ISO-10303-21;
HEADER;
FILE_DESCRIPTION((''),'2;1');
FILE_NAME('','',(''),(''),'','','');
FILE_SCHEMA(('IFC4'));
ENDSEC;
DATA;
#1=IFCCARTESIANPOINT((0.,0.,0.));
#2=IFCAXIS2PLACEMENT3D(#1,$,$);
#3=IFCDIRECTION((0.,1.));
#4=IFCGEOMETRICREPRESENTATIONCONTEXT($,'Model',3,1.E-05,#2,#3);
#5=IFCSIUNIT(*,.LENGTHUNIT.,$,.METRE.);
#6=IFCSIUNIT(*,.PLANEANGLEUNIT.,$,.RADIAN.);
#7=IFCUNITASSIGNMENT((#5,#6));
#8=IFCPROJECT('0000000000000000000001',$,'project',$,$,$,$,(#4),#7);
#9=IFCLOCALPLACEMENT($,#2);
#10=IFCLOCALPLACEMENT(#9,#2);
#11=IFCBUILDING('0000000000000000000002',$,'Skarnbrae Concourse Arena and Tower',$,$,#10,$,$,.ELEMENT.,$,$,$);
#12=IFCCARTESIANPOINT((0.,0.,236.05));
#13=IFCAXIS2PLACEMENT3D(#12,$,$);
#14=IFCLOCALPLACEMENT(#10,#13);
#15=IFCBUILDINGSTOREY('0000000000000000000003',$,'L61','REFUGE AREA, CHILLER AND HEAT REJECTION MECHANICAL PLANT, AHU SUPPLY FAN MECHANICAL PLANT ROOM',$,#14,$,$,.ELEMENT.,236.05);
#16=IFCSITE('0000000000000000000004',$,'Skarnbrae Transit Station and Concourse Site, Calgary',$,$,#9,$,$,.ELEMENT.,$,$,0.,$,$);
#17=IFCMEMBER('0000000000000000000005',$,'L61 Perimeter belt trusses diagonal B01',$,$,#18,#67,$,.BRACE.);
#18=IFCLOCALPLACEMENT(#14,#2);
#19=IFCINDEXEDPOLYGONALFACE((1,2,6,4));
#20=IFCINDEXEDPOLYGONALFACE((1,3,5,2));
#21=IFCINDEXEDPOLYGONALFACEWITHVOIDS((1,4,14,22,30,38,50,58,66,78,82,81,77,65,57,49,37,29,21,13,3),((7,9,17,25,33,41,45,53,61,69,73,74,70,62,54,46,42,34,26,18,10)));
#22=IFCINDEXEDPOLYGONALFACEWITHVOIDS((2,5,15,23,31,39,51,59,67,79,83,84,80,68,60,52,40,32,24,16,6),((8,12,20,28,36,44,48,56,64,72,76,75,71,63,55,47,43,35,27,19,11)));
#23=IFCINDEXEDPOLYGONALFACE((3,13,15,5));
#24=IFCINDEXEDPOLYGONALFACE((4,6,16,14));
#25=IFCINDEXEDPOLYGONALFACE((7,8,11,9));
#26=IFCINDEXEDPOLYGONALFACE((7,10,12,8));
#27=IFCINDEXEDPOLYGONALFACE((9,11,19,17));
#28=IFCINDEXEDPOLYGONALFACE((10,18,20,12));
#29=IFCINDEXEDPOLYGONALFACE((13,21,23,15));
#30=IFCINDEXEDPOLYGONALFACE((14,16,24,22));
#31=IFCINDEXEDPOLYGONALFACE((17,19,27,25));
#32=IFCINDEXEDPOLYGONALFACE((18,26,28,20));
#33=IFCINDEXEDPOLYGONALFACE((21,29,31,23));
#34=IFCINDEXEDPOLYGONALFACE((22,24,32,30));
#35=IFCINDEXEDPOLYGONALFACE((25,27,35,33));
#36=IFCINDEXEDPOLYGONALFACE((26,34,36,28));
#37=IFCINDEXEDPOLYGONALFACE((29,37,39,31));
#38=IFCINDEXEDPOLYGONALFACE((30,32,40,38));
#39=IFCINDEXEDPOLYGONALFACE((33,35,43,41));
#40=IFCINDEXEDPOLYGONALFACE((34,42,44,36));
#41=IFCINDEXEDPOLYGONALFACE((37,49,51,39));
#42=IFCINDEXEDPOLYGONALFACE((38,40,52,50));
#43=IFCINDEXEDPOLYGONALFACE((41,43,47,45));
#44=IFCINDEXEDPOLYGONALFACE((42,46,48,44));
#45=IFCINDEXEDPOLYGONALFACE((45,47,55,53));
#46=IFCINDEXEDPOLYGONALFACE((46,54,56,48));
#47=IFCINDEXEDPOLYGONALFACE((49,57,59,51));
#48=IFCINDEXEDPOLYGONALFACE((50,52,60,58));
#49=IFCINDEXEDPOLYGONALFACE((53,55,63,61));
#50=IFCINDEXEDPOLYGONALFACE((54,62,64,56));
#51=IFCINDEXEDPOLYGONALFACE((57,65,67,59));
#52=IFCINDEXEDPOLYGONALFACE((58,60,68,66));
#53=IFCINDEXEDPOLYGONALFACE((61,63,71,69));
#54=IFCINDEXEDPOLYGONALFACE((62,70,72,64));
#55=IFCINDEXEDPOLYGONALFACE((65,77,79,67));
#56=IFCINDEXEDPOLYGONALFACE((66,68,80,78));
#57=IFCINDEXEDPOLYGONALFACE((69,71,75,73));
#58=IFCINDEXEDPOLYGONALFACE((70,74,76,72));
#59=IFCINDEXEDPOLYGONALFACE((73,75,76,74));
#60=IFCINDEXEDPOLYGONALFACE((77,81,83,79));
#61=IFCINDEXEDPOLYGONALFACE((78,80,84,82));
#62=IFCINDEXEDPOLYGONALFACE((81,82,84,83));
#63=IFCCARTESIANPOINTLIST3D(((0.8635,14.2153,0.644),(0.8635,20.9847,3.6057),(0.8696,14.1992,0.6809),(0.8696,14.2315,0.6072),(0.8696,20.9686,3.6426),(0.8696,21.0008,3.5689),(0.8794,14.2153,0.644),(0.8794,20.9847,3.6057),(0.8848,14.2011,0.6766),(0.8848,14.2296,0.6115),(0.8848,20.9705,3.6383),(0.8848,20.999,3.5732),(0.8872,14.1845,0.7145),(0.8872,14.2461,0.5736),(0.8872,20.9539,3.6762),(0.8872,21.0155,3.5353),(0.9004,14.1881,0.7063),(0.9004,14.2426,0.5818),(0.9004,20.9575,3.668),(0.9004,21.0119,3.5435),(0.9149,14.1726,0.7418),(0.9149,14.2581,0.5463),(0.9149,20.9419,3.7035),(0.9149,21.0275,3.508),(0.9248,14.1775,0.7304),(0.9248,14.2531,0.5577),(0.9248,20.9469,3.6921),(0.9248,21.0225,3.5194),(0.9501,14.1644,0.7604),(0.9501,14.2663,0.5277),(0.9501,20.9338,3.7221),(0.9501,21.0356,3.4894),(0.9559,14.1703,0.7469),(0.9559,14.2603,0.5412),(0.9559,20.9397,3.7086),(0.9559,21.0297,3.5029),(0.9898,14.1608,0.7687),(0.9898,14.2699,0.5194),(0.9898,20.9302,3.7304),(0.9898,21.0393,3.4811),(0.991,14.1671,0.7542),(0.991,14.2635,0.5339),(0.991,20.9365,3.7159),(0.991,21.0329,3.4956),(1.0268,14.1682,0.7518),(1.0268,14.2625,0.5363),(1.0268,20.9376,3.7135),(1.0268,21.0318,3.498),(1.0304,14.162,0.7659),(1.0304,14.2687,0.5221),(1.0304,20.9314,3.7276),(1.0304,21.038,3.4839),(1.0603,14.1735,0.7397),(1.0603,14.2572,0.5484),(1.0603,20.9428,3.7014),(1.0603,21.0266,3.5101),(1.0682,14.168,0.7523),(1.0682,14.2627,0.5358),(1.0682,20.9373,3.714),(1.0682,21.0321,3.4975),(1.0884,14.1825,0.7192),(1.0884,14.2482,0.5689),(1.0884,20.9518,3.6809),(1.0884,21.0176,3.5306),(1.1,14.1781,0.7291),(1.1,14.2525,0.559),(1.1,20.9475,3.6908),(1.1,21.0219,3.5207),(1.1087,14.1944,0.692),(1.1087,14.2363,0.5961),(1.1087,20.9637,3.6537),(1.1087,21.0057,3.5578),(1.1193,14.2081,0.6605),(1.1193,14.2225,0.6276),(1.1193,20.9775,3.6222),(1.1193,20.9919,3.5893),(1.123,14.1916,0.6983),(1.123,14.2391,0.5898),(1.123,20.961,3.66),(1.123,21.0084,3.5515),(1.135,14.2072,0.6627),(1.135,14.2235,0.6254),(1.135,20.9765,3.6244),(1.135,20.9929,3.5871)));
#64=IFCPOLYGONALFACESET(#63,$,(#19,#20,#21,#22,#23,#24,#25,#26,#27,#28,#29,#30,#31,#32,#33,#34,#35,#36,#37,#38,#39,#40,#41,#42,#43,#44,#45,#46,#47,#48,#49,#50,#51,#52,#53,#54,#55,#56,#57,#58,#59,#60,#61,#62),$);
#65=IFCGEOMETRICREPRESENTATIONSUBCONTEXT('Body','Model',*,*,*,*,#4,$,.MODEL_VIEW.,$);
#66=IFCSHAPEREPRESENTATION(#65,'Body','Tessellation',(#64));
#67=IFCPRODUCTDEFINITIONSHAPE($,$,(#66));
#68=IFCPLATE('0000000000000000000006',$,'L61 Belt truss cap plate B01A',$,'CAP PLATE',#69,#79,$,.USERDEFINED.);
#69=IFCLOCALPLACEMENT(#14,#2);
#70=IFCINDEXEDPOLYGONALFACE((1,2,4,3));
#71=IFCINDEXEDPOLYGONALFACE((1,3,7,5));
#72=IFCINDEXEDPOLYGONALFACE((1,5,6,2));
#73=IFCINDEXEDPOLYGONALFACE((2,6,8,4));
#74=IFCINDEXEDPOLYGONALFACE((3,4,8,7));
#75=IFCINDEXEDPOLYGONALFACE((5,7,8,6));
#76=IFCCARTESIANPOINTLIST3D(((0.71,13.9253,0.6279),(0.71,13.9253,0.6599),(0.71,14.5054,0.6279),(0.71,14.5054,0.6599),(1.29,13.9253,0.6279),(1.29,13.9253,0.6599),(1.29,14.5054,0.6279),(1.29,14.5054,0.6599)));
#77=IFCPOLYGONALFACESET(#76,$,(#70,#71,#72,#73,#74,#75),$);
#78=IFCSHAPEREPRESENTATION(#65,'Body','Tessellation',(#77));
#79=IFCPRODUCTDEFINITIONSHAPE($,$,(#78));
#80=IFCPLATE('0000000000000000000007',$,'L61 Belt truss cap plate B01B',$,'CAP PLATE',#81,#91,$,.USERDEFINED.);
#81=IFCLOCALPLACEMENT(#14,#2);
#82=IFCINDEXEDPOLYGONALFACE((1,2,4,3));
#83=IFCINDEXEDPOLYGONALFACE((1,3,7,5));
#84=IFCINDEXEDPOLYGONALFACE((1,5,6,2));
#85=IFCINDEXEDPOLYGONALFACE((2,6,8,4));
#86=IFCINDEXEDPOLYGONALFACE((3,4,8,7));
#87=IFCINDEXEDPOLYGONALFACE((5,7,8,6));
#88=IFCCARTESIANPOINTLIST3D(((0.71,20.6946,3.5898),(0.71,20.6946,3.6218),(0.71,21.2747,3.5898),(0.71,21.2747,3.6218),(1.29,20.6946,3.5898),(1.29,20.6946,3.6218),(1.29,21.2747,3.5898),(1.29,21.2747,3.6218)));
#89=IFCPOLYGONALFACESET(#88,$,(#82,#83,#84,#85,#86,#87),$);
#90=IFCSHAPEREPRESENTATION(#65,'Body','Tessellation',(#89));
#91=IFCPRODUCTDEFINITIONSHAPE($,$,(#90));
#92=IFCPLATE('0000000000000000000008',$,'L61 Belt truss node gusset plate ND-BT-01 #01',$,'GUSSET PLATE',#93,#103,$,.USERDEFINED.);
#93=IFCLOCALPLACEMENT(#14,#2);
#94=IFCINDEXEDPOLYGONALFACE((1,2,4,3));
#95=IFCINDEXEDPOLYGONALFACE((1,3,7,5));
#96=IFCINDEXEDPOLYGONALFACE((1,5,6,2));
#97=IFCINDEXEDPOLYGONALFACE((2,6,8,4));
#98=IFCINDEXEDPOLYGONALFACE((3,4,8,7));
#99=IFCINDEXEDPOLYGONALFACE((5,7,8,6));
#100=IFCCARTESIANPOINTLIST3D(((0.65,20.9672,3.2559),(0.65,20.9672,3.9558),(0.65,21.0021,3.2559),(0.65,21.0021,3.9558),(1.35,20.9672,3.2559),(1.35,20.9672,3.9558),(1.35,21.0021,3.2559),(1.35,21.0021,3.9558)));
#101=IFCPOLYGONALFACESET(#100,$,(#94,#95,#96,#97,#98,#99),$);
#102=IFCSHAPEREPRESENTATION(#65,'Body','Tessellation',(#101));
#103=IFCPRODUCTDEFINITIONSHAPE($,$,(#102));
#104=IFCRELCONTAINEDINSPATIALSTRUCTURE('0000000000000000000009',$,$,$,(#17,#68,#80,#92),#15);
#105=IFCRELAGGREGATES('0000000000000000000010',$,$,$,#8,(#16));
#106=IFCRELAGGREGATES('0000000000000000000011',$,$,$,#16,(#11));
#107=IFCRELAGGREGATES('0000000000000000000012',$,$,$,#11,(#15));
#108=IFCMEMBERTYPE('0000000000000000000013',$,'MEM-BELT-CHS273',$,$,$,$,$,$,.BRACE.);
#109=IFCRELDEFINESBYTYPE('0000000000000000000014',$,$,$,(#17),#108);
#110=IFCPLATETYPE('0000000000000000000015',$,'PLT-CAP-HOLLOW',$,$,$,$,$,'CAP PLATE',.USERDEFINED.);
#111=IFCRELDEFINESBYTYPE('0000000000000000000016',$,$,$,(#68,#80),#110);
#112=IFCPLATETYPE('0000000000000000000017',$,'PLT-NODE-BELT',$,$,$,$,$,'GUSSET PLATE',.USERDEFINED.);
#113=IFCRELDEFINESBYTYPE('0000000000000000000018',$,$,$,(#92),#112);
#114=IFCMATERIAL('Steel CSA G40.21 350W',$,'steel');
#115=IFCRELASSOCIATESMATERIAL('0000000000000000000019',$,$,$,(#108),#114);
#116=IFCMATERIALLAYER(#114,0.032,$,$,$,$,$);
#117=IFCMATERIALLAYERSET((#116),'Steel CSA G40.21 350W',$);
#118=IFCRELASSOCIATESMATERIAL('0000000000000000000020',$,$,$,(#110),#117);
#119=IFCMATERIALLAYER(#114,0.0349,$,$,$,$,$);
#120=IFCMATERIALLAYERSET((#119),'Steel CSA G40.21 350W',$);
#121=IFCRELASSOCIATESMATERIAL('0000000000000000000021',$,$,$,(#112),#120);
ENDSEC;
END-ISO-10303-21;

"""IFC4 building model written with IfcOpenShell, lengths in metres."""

from ifc_helpers import new_model, si_unit, direction, frame, origin, origin_2d, place, context, subcontext, project, spatial, rectangle, hollow_circle, extrude, source, transform, mapped, material, layer, layer_set, material_profile, profile_set, type_object, element, save


model = new_model("IFC4")

# Units and contexts
model_context = context("Model", 3, precision=1e-05, world=origin(), true_north=direction((0.0, 1.0)))
body_context = subcontext(model_context, "Body", "Model", "MODEL_VIEW")
ifc_project = project(units=[si_unit("LENGTHUNIT", "METRE"), si_unit("PLANEANGLEUNIT", "RADIAN")], contexts=[model_context])

# Site, building, storey
site_placement = place(None, origin())
site = spatial("IfcSite", under=ifc_project, at=site_placement, Name="Skarnbrae Transit Station and Concourse Site, Calgary", CompositionType="ELEMENT", RefElevation=0.0)
building_placement = place(site_placement, origin())
building = spatial("IfcBuilding", under=site, at=building_placement, Name="Skarnbrae Concourse Arena and Tower", CompositionType="ELEMENT")
storey_placement = place(building_placement, frame((0.0, 0.0, 236.05)))
storey = spatial("IfcBuildingStorey", under=building, at=storey_placement, Name="L61", Description="REFUGE AREA, CHILLER AND HEAT REJECTION MECHANICAL PLANT, AHU SUPPLY FAN MECHANICAL PLANT ROOM", CompositionType="ELEMENT", Elevation=236.05)

# Shared definitions
ifc_material_1 = material(Name="Steel CSA G40.21 350W", Category="steel")

# Member
ifc_material_profile_1 = material_profile(ifc_material_1, hollow_circle(Radius=0.1365, WallThickness=0.0159, at=origin_2d()), Name="HSS273X15.9")
ifc_profile_set_1 = profile_set([ifc_material_profile_1], Name="Steel CSA G40.21 350W")
member_type = type_object("IfcMemberType", Name="MEM-BELT-CHS273", PredefinedType="BRACE", material=ifc_profile_set_1)
shared_shape_1 = source(origin(), body_context, "Body", "SweptSolid", [
    extrude(hollow_circle(Radius=0.1365, WallThickness=0.0159, at=origin_2d()), origin(), (0.0, 0.0, 1.0), 7.3889),
])
member_placement = place(storey_placement, frame((1.0, 14.2153, 0.644), z_axis=(0.0, 0.916152, 0.400831), x_axis=(-1.0, 0.0, 0.0)))
element("IfcMember", 1, at=member_placement, inside=storey, type_object=member_type, Name="L61 Perimeter belt trusses diagonal B01", PredefinedType="BRACE", context=body_context, shape_type="MappedRepresentation", body=[
    mapped(shared_shape_1, transform((0.0, 0.0, 0.0))),
])

# Plates
ifc_layer_1 = layer(ifc_material_1, 0.032)
ifc_layer_set_1 = layer_set([ifc_layer_1], Name="Steel CSA G40.21 350W")
plate_type_1 = type_object("IfcPlateType", Name="PLT-CAP-HOLLOW", ElementType="CAP PLATE", PredefinedType="USERDEFINED", material=ifc_layer_set_1)
shared_shape_2 = source(origin(), body_context, "Body", "SweptSolid", [
    extrude(rectangle(XDim=0.5801, YDim=0.5801, at=origin_2d()), origin(), (0.0, 0.0, 1.0), 0.032),
])
for number, where, z_axis, x_axis, name in (
    (2, (1.0, 14.2153, 0.6279), (0.0, 0.0, 1.0), (1.0, 0.0, 0.0), "L61 Belt truss cap plate B01A"),
    (3, (1.0, 20.9846, 3.5898), (0.0, 0.0, 1.0), (1.0, 0.0, 0.0), "L61 Belt truss cap plate B01B"),
):
    element("IfcPlate", number, at=place(storey_placement, frame(where, z_axis=z_axis, x_axis=x_axis)), inside=storey, type_object=plate_type_1, Name=name, ObjectType="CAP PLATE", PredefinedType="USERDEFINED", context=body_context, shape_type="MappedRepresentation", body=[
        mapped(shared_shape_2, transform((0.0, 0.0, 0.0))),
    ])
ifc_layer_2 = layer(ifc_material_1, 0.0349)
ifc_layer_set_2 = layer_set([ifc_layer_2], Name="Steel CSA G40.21 350W")
plate_type_2 = type_object("IfcPlateType", Name="PLT-NODE-BELT", ElementType="GUSSET PLATE", PredefinedType="USERDEFINED", material=ifc_layer_set_2)
shared_shape_3 = source(origin(), body_context, "Body", "SweptSolid", [
    extrude(rectangle(XDim=0.7, YDim=0.0349, at=origin_2d()), origin(), (0.0, 0.0, 1.0), 0.7),
])
plate_placement = place(storey_placement, frame((1.0, 20.9846, 3.2559), z_axis=(0.0, 0.0, 1.0), x_axis=(1.0, 0.0, 0.0)))
element("IfcPlate", 4, at=plate_placement, inside=storey, type_object=plate_type_2, Name="L61 Belt truss node gusset plate ND-BT-01 #01", ObjectType="GUSSET PLATE", PredefinedType="USERDEFINED", context=body_context, shape_type="MappedRepresentation", body=[
    mapped(shared_shape_3, transform((0.0, 0.0, 0.0))),
])

save(model, "model.ifc")
